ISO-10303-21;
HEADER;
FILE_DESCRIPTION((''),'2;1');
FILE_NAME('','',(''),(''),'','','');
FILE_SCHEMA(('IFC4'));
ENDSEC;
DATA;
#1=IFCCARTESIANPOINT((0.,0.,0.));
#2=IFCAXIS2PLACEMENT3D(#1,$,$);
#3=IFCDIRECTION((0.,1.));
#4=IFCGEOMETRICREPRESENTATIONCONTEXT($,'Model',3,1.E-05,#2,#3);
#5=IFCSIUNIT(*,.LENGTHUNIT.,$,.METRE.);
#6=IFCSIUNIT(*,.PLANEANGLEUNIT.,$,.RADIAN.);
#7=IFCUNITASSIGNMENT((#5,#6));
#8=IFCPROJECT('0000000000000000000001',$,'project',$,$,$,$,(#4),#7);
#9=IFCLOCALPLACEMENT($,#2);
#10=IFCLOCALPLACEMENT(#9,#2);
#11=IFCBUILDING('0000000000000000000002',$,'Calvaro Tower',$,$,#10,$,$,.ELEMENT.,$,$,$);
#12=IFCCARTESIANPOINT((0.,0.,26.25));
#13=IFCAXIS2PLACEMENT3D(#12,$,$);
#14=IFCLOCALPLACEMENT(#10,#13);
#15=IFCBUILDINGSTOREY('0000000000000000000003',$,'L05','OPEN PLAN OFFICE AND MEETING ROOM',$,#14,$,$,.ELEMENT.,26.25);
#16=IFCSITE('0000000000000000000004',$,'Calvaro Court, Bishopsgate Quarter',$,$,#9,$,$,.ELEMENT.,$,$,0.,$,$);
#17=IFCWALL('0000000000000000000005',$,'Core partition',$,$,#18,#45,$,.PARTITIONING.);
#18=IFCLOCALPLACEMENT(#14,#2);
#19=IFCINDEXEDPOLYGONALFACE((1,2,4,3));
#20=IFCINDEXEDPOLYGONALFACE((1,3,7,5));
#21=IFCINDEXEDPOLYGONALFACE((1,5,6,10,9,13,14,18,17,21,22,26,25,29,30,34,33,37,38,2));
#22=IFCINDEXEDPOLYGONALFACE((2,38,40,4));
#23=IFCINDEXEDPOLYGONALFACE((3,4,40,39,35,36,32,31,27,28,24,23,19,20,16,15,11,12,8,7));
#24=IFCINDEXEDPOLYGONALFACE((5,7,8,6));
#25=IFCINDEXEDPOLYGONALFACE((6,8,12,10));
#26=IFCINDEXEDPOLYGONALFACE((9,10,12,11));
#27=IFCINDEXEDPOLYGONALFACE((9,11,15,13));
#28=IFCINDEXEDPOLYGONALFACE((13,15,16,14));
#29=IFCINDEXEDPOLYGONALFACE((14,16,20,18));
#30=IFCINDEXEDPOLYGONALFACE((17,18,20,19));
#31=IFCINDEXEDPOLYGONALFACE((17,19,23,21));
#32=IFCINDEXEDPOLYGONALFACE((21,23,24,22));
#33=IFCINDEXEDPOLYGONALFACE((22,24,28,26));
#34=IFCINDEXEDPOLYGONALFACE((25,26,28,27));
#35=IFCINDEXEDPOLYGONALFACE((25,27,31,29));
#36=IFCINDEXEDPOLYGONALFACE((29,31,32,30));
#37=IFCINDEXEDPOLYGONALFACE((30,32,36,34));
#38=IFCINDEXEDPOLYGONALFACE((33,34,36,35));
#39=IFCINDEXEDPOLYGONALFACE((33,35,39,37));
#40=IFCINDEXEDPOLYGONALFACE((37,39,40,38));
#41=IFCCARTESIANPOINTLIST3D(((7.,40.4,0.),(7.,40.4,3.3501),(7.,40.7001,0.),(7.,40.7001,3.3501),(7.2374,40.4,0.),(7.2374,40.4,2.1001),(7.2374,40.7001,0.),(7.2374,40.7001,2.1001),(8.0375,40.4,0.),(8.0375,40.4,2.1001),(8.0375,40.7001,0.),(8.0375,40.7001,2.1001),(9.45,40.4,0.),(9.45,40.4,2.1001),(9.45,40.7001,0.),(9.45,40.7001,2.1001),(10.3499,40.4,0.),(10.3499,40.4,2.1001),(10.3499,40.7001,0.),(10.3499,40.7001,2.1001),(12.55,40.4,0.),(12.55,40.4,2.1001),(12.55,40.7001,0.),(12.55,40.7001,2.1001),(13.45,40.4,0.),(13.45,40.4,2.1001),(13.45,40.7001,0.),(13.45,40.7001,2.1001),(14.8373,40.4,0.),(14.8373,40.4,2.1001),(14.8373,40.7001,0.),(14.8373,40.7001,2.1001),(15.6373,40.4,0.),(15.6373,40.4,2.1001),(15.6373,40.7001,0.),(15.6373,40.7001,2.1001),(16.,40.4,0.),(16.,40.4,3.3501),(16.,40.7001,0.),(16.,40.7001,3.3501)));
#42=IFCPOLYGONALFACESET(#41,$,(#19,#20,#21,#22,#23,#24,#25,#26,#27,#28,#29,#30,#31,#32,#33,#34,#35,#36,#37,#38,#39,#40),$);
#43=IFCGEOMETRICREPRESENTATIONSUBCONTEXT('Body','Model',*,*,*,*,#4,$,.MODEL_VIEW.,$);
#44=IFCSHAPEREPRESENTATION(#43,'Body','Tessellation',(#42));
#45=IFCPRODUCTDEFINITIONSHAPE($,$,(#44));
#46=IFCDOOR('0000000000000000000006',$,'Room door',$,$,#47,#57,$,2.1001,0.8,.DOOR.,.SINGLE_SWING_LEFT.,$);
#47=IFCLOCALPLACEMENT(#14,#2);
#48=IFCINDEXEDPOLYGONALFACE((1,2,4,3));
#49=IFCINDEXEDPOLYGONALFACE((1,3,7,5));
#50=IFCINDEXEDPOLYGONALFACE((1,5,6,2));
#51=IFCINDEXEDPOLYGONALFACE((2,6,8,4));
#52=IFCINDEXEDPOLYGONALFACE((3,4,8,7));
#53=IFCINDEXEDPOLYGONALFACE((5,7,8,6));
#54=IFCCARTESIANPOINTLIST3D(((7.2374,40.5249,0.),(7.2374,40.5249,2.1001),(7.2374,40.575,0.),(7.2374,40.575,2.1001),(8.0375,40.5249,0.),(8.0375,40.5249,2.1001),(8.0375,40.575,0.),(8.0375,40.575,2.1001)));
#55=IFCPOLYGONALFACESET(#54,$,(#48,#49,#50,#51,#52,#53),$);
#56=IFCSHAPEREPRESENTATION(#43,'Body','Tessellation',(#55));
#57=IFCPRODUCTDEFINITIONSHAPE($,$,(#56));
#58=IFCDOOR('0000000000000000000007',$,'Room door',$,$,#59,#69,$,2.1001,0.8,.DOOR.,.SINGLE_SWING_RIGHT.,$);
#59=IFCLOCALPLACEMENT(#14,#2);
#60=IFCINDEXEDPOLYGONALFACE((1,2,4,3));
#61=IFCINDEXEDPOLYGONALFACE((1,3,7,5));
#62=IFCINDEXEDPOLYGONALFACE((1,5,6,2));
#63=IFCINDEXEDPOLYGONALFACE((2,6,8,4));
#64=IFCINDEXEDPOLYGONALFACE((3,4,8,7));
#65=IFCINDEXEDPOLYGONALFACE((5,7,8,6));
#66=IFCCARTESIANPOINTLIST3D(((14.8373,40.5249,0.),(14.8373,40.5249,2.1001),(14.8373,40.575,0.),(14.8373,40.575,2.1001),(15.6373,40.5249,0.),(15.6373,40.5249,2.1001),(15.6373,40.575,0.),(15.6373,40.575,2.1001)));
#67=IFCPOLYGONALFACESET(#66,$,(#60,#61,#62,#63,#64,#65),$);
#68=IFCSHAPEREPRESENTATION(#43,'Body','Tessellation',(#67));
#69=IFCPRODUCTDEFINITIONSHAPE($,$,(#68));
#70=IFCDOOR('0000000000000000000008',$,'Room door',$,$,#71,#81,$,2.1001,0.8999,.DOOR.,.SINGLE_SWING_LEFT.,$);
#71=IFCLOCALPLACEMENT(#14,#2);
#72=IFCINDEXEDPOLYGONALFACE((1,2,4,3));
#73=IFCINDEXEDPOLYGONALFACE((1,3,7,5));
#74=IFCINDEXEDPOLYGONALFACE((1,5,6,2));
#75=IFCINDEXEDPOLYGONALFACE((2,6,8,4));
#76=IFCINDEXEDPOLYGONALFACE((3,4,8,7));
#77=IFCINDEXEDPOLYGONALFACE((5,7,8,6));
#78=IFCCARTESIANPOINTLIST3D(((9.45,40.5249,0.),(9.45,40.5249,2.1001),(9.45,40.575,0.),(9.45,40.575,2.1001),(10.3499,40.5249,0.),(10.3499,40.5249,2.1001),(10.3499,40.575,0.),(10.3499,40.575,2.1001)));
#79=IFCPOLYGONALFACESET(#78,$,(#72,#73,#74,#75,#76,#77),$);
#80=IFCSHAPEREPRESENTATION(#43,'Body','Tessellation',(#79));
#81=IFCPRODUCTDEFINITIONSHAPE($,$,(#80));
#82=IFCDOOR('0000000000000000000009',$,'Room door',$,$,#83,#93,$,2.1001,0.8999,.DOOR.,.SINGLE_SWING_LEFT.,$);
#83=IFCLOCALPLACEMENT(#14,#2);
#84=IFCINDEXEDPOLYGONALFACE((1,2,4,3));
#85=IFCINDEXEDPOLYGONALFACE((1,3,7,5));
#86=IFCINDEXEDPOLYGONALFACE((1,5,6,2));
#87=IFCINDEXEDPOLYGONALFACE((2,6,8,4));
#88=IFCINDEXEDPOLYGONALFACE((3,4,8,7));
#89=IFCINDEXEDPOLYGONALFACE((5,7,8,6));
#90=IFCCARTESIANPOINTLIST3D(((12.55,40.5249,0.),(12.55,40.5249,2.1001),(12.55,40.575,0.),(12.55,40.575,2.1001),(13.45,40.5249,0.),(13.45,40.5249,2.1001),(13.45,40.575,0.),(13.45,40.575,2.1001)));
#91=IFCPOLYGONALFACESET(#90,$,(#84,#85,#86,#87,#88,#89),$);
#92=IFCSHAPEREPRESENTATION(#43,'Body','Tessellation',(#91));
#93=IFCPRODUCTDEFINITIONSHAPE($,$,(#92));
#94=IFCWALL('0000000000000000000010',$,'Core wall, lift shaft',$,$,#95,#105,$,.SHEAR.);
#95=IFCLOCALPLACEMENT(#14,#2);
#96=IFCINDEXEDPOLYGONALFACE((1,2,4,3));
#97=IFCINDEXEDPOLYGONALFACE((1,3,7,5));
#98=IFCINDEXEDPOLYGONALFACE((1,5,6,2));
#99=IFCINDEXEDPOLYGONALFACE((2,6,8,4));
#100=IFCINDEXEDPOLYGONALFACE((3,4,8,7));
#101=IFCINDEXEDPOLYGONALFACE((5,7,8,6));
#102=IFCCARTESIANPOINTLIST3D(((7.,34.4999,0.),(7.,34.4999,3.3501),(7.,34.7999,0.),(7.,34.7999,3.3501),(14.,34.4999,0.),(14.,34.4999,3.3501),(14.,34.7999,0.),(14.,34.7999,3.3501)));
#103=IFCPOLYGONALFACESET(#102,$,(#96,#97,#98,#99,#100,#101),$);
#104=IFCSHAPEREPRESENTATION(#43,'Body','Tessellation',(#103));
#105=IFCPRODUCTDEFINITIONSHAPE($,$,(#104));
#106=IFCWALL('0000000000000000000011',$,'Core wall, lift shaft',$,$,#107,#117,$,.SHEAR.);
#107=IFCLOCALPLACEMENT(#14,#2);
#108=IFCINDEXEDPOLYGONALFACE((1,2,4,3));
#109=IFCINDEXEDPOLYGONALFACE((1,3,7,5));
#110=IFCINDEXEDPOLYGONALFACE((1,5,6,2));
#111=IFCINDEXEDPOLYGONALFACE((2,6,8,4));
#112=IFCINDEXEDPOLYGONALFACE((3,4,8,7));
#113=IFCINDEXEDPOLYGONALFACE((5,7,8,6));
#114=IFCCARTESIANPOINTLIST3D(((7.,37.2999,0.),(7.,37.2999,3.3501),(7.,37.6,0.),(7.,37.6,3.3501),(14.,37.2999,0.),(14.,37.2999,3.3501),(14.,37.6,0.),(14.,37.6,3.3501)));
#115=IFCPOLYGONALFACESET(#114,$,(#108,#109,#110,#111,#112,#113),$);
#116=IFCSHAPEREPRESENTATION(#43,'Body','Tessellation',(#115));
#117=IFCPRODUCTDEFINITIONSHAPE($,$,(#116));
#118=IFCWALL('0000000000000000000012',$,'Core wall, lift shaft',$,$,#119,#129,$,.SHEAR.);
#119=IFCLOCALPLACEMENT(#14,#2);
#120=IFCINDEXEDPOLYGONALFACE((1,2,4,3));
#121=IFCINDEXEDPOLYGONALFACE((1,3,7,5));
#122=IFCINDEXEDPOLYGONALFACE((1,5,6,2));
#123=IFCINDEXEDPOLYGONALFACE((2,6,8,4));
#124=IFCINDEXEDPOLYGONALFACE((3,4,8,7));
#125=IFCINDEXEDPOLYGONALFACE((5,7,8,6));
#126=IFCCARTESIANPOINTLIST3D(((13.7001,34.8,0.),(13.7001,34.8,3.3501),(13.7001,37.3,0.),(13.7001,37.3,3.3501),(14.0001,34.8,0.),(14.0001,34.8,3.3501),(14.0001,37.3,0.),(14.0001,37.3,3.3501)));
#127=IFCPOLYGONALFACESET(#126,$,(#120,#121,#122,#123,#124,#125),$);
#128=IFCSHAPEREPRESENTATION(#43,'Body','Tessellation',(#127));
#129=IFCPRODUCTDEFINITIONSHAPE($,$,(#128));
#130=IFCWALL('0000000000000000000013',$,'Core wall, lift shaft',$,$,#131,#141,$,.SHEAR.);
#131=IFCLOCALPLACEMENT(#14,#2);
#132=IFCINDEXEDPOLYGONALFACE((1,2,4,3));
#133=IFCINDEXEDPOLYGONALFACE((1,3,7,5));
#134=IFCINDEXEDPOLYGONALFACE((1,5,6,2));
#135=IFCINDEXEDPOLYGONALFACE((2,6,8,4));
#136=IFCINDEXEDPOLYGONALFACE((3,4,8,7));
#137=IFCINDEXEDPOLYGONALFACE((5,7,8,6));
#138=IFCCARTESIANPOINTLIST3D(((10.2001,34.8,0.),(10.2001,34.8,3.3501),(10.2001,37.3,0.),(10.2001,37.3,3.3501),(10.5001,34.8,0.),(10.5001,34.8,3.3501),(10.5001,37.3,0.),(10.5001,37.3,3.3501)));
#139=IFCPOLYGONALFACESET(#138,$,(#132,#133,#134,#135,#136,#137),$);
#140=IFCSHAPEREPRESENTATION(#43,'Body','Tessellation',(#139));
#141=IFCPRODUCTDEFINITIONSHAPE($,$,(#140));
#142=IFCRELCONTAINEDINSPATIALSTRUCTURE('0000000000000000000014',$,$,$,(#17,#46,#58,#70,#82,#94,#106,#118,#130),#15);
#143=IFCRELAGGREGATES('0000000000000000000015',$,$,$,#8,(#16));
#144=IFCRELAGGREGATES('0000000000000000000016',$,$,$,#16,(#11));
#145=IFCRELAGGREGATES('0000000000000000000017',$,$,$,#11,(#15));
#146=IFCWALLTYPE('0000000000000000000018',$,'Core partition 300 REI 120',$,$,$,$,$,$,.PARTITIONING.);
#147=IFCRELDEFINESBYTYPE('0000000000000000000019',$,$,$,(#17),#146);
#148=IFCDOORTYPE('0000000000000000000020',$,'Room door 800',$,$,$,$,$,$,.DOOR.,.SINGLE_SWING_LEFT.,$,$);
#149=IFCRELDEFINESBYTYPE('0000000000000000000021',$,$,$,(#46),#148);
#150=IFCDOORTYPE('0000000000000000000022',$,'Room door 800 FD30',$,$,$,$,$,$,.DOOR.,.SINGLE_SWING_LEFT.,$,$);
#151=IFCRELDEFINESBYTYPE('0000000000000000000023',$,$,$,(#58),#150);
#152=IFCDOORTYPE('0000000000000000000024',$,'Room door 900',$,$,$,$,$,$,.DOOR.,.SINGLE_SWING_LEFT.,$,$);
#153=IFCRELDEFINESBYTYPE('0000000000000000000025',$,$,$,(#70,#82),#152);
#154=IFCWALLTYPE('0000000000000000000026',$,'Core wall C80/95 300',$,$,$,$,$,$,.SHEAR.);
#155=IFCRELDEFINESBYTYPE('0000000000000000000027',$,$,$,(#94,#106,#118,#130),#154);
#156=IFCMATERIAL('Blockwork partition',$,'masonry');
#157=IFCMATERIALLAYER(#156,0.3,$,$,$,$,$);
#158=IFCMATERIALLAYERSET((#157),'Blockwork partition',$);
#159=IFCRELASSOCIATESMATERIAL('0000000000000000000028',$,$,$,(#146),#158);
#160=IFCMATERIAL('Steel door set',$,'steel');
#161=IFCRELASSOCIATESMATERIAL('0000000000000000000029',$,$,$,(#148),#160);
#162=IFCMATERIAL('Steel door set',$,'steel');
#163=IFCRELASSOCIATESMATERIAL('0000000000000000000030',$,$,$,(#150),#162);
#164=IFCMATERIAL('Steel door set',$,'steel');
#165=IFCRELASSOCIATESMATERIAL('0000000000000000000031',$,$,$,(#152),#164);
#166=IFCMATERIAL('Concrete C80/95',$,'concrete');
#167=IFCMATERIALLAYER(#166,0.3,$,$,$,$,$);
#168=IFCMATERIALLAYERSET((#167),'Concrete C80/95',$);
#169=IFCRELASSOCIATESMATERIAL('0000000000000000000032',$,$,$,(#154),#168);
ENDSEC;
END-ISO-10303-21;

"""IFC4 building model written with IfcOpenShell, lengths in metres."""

from ifc_helpers import new_model, si_unit, direction, frame, frame_2d, origin, place, context, subcontext, project, spatial, rectangle, extrude, material, layer, layer_set, type_object, element, fill, save


model = new_model("IFC4")

# Units and contexts
model_context = context("Model", 3, precision=1e-05, world=origin(), true_north=direction((0.0, 1.0)))
body_context = subcontext(model_context, "Body", "Model", "MODEL_VIEW")
ifc_project = project(units=[si_unit("LENGTHUNIT", "METRE"), si_unit("PLANEANGLEUNIT", "RADIAN")], contexts=[model_context])

# Site, building, storey
site_placement = place(None, origin())
site = spatial("IfcSite", under=ifc_project, at=site_placement, Name="Calvaro Court, Bishopsgate Quarter", CompositionType="ELEMENT", RefElevation=0.0)
building_placement = place(site_placement, origin())
building = spatial("IfcBuilding", under=site, at=building_placement, Name="Calvaro Tower", CompositionType="ELEMENT")
storey_placement = place(building_placement, frame((0.0, 0.0, 26.25)))
storey = spatial("IfcBuildingStorey", under=building, at=storey_placement, Name="L05", Description="OPEN PLAN OFFICE AND MEETING ROOM", CompositionType="ELEMENT", Elevation=26.25)

# Wall, openings, doors
ifc_material_1 = material(Name="Blockwork partition", Category="masonry")
ifc_layer_1 = layer(ifc_material_1, 0.3)
ifc_layer_set_1 = layer_set([ifc_layer_1], Name="Blockwork partition")
wall_type_1 = type_object("IfcWallType", Name="Core partition 300 REI 120", PredefinedType="PARTITIONING", material=ifc_layer_set_1)
wall_1_placement = place(storey_placement, frame((7.0, 40.55, 0.0), z_axis=(0.0, 0.0, 1.0), x_axis=(1.0, 0.0, 0.0)))
wall_1 = element("IfcWall", 1, at=wall_1_placement, inside=storey, type_object=wall_type_1, Name="Core partition", PredefinedType="PARTITIONING", context=body_context, shape_type="SweptSolid", body=[
    extrude(rectangle(XDim=9.0, YDim=0.3, at=frame_2d((4.5, 0.0))), origin(), (0.0, 0.0, 1.0), 3.3501),
])
opening_1_placement = place(wall_1_placement, frame((0.2375, 0.0, 0.0)))
opening_1 = element("IfcOpeningElement", 2, at=opening_1_placement, cuts=wall_1, PredefinedType="OPENING", context=body_context, shape_type="SweptSolid", body=[
    extrude(rectangle(XDim=0.8, YDim=2.1001, at=frame_2d((0.3999, 1.05))), frame((0.0, 0.1599, 0.0), z_axis=(0.0, -1.0, 0.0), x_axis=(1.0, 0.0, 0.0)), (0.0, 0.0, 1.0), 0.3201),
])
opening_2_placement = place(wall_1_placement, frame((2.45, 0.0, 0.0)))
opening_2 = element("IfcOpeningElement", 3, at=opening_2_placement, cuts=wall_1, PredefinedType="OPENING", context=body_context, shape_type="SweptSolid", body=[
    extrude(rectangle(XDim=0.8999, YDim=2.1001, at=frame_2d((0.45, 1.05))), frame((0.0, 0.1599, 0.0), z_axis=(0.0, -1.0, 0.0), x_axis=(1.0, 0.0, 0.0)), (0.0, 0.0, 1.0), 0.3201),
])
opening_3_placement = place(wall_1_placement, frame((5.55, 0.0, 0.0)))
opening_3 = element("IfcOpeningElement", 4, at=opening_3_placement, cuts=wall_1, PredefinedType="OPENING", context=body_context, shape_type="SweptSolid", body=[
    extrude(rectangle(XDim=0.8999, YDim=2.1001, at=frame_2d((0.45, 1.05))), frame((0.0, 0.1599, 0.0), z_axis=(0.0, -1.0, 0.0), x_axis=(1.0, 0.0, 0.0)), (0.0, 0.0, 1.0), 0.3201),
])
opening_4_placement = place(wall_1_placement, frame((7.8374, 0.0, 0.0)))
opening_4 = element("IfcOpeningElement", 5, at=opening_4_placement, cuts=wall_1, PredefinedType="OPENING", context=body_context, shape_type="SweptSolid", body=[
    extrude(rectangle(XDim=0.8, YDim=2.1001, at=frame_2d((0.3999, 1.05))), frame((0.0, 0.1599, 0.0), z_axis=(0.0, -1.0, 0.0), x_axis=(1.0, 0.0, 0.0)), (0.0, 0.0, 1.0), 0.3201),
])
ifc_material_2 = material(Name="Steel door set", Category="steel")
door_type_1 = type_object("IfcDoorType", Name="Room door 800", OperationType="SINGLE_SWING_LEFT", PredefinedType="DOOR", material=ifc_material_2)
door_1_placement = place(opening_1_placement, origin())
door_1 = element("IfcDoor", 6, at=door_1_placement, inside=storey, type_object=door_type_1, Name="Room door", OperationType="SINGLE_SWING_LEFT", OverallHeight=2.1001, OverallWidth=0.8, PredefinedType="DOOR", context=body_context, shape_type="SweptSolid", body=[
    extrude(rectangle(XDim=0.8, YDim=2.1001, at=frame_2d((0.3999, 1.05))), frame((0.0, 0.0249, 0.0), z_axis=(0.0, -1.0, 0.0), x_axis=(1.0, 0.0, 0.0)), (0.0, 0.0, 1.0), 0.05),
])
fill(opening_1, door_1)
ifc_material_3 = material(Name="Steel door set", Category="steel")
door_type_2 = type_object("IfcDoorType", Name="Room door 800 FD30", OperationType="SINGLE_SWING_LEFT", PredefinedType="DOOR", material=ifc_material_3)
door_2_placement = place(opening_4_placement, origin())
door_2 = element("IfcDoor", 7, at=door_2_placement, inside=storey, type_object=door_type_2, Name="Room door", OperationType="SINGLE_SWING_RIGHT", OverallHeight=2.1001, OverallWidth=0.8, PredefinedType="DOOR", context=body_context, shape_type="SweptSolid", body=[
    extrude(rectangle(XDim=0.8, YDim=2.1001, at=frame_2d((0.3999, 1.05))), frame((0.0, 0.0249, 0.0), z_axis=(0.0, -1.0, 0.0), x_axis=(1.0, 0.0, 0.0)), (0.0, 0.0, 1.0), 0.05),
])
fill(opening_4, door_2)
ifc_material_4 = material(Name="Steel door set", Category="steel")
door_type_3 = type_object("IfcDoorType", Name="Room door 900", OperationType="SINGLE_SWING_LEFT", PredefinedType="DOOR", material=ifc_material_4)
door_3_placement = place(opening_2_placement, origin())
door_3 = element("IfcDoor", 8, at=door_3_placement, inside=storey, type_object=door_type_3, Name="Room door", OperationType="SINGLE_SWING_LEFT", OverallHeight=2.1001, OverallWidth=0.8999, PredefinedType="DOOR", context=body_context, shape_type="SweptSolid", body=[
    extrude(rectangle(XDim=0.8999, YDim=2.1001, at=frame_2d((0.45, 1.05))), frame((0.0, 0.0249, 0.0), z_axis=(0.0, -1.0, 0.0), x_axis=(1.0, 0.0, 0.0)), (0.0, 0.0, 1.0), 0.05),
])
fill(opening_2, door_3)
door_4_placement = place(opening_3_placement, origin())
door_4 = element("IfcDoor", 9, at=door_4_placement, inside=storey, type_object=door_type_3, Name="Room door", OperationType="SINGLE_SWING_LEFT", OverallHeight=2.1001, OverallWidth=0.8999, PredefinedType="DOOR", context=body_context, shape_type="SweptSolid", body=[
    extrude(rectangle(XDim=0.8999, YDim=2.1001, at=frame_2d((0.45, 1.05))), frame((0.0, 0.0249, 0.0), z_axis=(0.0, -1.0, 0.0), x_axis=(1.0, 0.0, 0.0)), (0.0, 0.0, 1.0), 0.05),
])
fill(opening_3, door_4)

# Walls
ifc_material_5 = material(Name="Concrete C80/95", Category="concrete")
ifc_layer_2 = layer(ifc_material_5, 0.3)
ifc_layer_set_2 = layer_set([ifc_layer_2], Name="Concrete C80/95")
wall_type_2 = type_object("IfcWallType", Name="Core wall C80/95 300", PredefinedType="SHEAR", material=ifc_layer_set_2)
for number, where, z_axis, x_axis, name in (
    (10, (7.0, 34.6499, 0.0), (0.0, 0.0, 1.0), (1.0, 0.0, 0.0), "Core wall, lift shaft"),
    (11, (7.0, 37.45, 0.0), (0.0, 0.0, 1.0), (1.0, 0.0, 0.0), "Core wall, lift shaft"),
):
    element("IfcWall", number, at=place(storey_placement, frame(where, z_axis=z_axis, x_axis=x_axis)), inside=storey, type_object=wall_type_2, Name=name, PredefinedType="SHEAR", context=body_context, shape_type="SweptSolid", body=[
        extrude(rectangle(XDim=7.0, YDim=0.3, at=frame_2d((3.5, 0.0))), origin(), (0.0, 0.0, 1.0), 3.3501),
    ])
for number, where, z_axis, x_axis, name in (
    (12, (13.8501, 34.8, 0.0), (0.0, 0.0, 1.0), (0.0, 1.0, 0.0), "Core wall, lift shaft"),
    (13, (10.3501, 34.8, 0.0), (0.0, 0.0, 1.0), (0.0, 1.0, 0.0), "Core wall, lift shaft"),
):
    element("IfcWall", number, at=place(storey_placement, frame(where, z_axis=z_axis, x_axis=x_axis)), inside=storey, type_object=wall_type_2, Name=name, PredefinedType="SHEAR", context=body_context, shape_type="SweptSolid", body=[
        extrude(rectangle(XDim=2.5, YDim=0.3, at=frame_2d((1.25, 0.0))), origin(), (0.0, 0.0, 1.0), 3.3501),
    ])

save(model, "model.ifc")
